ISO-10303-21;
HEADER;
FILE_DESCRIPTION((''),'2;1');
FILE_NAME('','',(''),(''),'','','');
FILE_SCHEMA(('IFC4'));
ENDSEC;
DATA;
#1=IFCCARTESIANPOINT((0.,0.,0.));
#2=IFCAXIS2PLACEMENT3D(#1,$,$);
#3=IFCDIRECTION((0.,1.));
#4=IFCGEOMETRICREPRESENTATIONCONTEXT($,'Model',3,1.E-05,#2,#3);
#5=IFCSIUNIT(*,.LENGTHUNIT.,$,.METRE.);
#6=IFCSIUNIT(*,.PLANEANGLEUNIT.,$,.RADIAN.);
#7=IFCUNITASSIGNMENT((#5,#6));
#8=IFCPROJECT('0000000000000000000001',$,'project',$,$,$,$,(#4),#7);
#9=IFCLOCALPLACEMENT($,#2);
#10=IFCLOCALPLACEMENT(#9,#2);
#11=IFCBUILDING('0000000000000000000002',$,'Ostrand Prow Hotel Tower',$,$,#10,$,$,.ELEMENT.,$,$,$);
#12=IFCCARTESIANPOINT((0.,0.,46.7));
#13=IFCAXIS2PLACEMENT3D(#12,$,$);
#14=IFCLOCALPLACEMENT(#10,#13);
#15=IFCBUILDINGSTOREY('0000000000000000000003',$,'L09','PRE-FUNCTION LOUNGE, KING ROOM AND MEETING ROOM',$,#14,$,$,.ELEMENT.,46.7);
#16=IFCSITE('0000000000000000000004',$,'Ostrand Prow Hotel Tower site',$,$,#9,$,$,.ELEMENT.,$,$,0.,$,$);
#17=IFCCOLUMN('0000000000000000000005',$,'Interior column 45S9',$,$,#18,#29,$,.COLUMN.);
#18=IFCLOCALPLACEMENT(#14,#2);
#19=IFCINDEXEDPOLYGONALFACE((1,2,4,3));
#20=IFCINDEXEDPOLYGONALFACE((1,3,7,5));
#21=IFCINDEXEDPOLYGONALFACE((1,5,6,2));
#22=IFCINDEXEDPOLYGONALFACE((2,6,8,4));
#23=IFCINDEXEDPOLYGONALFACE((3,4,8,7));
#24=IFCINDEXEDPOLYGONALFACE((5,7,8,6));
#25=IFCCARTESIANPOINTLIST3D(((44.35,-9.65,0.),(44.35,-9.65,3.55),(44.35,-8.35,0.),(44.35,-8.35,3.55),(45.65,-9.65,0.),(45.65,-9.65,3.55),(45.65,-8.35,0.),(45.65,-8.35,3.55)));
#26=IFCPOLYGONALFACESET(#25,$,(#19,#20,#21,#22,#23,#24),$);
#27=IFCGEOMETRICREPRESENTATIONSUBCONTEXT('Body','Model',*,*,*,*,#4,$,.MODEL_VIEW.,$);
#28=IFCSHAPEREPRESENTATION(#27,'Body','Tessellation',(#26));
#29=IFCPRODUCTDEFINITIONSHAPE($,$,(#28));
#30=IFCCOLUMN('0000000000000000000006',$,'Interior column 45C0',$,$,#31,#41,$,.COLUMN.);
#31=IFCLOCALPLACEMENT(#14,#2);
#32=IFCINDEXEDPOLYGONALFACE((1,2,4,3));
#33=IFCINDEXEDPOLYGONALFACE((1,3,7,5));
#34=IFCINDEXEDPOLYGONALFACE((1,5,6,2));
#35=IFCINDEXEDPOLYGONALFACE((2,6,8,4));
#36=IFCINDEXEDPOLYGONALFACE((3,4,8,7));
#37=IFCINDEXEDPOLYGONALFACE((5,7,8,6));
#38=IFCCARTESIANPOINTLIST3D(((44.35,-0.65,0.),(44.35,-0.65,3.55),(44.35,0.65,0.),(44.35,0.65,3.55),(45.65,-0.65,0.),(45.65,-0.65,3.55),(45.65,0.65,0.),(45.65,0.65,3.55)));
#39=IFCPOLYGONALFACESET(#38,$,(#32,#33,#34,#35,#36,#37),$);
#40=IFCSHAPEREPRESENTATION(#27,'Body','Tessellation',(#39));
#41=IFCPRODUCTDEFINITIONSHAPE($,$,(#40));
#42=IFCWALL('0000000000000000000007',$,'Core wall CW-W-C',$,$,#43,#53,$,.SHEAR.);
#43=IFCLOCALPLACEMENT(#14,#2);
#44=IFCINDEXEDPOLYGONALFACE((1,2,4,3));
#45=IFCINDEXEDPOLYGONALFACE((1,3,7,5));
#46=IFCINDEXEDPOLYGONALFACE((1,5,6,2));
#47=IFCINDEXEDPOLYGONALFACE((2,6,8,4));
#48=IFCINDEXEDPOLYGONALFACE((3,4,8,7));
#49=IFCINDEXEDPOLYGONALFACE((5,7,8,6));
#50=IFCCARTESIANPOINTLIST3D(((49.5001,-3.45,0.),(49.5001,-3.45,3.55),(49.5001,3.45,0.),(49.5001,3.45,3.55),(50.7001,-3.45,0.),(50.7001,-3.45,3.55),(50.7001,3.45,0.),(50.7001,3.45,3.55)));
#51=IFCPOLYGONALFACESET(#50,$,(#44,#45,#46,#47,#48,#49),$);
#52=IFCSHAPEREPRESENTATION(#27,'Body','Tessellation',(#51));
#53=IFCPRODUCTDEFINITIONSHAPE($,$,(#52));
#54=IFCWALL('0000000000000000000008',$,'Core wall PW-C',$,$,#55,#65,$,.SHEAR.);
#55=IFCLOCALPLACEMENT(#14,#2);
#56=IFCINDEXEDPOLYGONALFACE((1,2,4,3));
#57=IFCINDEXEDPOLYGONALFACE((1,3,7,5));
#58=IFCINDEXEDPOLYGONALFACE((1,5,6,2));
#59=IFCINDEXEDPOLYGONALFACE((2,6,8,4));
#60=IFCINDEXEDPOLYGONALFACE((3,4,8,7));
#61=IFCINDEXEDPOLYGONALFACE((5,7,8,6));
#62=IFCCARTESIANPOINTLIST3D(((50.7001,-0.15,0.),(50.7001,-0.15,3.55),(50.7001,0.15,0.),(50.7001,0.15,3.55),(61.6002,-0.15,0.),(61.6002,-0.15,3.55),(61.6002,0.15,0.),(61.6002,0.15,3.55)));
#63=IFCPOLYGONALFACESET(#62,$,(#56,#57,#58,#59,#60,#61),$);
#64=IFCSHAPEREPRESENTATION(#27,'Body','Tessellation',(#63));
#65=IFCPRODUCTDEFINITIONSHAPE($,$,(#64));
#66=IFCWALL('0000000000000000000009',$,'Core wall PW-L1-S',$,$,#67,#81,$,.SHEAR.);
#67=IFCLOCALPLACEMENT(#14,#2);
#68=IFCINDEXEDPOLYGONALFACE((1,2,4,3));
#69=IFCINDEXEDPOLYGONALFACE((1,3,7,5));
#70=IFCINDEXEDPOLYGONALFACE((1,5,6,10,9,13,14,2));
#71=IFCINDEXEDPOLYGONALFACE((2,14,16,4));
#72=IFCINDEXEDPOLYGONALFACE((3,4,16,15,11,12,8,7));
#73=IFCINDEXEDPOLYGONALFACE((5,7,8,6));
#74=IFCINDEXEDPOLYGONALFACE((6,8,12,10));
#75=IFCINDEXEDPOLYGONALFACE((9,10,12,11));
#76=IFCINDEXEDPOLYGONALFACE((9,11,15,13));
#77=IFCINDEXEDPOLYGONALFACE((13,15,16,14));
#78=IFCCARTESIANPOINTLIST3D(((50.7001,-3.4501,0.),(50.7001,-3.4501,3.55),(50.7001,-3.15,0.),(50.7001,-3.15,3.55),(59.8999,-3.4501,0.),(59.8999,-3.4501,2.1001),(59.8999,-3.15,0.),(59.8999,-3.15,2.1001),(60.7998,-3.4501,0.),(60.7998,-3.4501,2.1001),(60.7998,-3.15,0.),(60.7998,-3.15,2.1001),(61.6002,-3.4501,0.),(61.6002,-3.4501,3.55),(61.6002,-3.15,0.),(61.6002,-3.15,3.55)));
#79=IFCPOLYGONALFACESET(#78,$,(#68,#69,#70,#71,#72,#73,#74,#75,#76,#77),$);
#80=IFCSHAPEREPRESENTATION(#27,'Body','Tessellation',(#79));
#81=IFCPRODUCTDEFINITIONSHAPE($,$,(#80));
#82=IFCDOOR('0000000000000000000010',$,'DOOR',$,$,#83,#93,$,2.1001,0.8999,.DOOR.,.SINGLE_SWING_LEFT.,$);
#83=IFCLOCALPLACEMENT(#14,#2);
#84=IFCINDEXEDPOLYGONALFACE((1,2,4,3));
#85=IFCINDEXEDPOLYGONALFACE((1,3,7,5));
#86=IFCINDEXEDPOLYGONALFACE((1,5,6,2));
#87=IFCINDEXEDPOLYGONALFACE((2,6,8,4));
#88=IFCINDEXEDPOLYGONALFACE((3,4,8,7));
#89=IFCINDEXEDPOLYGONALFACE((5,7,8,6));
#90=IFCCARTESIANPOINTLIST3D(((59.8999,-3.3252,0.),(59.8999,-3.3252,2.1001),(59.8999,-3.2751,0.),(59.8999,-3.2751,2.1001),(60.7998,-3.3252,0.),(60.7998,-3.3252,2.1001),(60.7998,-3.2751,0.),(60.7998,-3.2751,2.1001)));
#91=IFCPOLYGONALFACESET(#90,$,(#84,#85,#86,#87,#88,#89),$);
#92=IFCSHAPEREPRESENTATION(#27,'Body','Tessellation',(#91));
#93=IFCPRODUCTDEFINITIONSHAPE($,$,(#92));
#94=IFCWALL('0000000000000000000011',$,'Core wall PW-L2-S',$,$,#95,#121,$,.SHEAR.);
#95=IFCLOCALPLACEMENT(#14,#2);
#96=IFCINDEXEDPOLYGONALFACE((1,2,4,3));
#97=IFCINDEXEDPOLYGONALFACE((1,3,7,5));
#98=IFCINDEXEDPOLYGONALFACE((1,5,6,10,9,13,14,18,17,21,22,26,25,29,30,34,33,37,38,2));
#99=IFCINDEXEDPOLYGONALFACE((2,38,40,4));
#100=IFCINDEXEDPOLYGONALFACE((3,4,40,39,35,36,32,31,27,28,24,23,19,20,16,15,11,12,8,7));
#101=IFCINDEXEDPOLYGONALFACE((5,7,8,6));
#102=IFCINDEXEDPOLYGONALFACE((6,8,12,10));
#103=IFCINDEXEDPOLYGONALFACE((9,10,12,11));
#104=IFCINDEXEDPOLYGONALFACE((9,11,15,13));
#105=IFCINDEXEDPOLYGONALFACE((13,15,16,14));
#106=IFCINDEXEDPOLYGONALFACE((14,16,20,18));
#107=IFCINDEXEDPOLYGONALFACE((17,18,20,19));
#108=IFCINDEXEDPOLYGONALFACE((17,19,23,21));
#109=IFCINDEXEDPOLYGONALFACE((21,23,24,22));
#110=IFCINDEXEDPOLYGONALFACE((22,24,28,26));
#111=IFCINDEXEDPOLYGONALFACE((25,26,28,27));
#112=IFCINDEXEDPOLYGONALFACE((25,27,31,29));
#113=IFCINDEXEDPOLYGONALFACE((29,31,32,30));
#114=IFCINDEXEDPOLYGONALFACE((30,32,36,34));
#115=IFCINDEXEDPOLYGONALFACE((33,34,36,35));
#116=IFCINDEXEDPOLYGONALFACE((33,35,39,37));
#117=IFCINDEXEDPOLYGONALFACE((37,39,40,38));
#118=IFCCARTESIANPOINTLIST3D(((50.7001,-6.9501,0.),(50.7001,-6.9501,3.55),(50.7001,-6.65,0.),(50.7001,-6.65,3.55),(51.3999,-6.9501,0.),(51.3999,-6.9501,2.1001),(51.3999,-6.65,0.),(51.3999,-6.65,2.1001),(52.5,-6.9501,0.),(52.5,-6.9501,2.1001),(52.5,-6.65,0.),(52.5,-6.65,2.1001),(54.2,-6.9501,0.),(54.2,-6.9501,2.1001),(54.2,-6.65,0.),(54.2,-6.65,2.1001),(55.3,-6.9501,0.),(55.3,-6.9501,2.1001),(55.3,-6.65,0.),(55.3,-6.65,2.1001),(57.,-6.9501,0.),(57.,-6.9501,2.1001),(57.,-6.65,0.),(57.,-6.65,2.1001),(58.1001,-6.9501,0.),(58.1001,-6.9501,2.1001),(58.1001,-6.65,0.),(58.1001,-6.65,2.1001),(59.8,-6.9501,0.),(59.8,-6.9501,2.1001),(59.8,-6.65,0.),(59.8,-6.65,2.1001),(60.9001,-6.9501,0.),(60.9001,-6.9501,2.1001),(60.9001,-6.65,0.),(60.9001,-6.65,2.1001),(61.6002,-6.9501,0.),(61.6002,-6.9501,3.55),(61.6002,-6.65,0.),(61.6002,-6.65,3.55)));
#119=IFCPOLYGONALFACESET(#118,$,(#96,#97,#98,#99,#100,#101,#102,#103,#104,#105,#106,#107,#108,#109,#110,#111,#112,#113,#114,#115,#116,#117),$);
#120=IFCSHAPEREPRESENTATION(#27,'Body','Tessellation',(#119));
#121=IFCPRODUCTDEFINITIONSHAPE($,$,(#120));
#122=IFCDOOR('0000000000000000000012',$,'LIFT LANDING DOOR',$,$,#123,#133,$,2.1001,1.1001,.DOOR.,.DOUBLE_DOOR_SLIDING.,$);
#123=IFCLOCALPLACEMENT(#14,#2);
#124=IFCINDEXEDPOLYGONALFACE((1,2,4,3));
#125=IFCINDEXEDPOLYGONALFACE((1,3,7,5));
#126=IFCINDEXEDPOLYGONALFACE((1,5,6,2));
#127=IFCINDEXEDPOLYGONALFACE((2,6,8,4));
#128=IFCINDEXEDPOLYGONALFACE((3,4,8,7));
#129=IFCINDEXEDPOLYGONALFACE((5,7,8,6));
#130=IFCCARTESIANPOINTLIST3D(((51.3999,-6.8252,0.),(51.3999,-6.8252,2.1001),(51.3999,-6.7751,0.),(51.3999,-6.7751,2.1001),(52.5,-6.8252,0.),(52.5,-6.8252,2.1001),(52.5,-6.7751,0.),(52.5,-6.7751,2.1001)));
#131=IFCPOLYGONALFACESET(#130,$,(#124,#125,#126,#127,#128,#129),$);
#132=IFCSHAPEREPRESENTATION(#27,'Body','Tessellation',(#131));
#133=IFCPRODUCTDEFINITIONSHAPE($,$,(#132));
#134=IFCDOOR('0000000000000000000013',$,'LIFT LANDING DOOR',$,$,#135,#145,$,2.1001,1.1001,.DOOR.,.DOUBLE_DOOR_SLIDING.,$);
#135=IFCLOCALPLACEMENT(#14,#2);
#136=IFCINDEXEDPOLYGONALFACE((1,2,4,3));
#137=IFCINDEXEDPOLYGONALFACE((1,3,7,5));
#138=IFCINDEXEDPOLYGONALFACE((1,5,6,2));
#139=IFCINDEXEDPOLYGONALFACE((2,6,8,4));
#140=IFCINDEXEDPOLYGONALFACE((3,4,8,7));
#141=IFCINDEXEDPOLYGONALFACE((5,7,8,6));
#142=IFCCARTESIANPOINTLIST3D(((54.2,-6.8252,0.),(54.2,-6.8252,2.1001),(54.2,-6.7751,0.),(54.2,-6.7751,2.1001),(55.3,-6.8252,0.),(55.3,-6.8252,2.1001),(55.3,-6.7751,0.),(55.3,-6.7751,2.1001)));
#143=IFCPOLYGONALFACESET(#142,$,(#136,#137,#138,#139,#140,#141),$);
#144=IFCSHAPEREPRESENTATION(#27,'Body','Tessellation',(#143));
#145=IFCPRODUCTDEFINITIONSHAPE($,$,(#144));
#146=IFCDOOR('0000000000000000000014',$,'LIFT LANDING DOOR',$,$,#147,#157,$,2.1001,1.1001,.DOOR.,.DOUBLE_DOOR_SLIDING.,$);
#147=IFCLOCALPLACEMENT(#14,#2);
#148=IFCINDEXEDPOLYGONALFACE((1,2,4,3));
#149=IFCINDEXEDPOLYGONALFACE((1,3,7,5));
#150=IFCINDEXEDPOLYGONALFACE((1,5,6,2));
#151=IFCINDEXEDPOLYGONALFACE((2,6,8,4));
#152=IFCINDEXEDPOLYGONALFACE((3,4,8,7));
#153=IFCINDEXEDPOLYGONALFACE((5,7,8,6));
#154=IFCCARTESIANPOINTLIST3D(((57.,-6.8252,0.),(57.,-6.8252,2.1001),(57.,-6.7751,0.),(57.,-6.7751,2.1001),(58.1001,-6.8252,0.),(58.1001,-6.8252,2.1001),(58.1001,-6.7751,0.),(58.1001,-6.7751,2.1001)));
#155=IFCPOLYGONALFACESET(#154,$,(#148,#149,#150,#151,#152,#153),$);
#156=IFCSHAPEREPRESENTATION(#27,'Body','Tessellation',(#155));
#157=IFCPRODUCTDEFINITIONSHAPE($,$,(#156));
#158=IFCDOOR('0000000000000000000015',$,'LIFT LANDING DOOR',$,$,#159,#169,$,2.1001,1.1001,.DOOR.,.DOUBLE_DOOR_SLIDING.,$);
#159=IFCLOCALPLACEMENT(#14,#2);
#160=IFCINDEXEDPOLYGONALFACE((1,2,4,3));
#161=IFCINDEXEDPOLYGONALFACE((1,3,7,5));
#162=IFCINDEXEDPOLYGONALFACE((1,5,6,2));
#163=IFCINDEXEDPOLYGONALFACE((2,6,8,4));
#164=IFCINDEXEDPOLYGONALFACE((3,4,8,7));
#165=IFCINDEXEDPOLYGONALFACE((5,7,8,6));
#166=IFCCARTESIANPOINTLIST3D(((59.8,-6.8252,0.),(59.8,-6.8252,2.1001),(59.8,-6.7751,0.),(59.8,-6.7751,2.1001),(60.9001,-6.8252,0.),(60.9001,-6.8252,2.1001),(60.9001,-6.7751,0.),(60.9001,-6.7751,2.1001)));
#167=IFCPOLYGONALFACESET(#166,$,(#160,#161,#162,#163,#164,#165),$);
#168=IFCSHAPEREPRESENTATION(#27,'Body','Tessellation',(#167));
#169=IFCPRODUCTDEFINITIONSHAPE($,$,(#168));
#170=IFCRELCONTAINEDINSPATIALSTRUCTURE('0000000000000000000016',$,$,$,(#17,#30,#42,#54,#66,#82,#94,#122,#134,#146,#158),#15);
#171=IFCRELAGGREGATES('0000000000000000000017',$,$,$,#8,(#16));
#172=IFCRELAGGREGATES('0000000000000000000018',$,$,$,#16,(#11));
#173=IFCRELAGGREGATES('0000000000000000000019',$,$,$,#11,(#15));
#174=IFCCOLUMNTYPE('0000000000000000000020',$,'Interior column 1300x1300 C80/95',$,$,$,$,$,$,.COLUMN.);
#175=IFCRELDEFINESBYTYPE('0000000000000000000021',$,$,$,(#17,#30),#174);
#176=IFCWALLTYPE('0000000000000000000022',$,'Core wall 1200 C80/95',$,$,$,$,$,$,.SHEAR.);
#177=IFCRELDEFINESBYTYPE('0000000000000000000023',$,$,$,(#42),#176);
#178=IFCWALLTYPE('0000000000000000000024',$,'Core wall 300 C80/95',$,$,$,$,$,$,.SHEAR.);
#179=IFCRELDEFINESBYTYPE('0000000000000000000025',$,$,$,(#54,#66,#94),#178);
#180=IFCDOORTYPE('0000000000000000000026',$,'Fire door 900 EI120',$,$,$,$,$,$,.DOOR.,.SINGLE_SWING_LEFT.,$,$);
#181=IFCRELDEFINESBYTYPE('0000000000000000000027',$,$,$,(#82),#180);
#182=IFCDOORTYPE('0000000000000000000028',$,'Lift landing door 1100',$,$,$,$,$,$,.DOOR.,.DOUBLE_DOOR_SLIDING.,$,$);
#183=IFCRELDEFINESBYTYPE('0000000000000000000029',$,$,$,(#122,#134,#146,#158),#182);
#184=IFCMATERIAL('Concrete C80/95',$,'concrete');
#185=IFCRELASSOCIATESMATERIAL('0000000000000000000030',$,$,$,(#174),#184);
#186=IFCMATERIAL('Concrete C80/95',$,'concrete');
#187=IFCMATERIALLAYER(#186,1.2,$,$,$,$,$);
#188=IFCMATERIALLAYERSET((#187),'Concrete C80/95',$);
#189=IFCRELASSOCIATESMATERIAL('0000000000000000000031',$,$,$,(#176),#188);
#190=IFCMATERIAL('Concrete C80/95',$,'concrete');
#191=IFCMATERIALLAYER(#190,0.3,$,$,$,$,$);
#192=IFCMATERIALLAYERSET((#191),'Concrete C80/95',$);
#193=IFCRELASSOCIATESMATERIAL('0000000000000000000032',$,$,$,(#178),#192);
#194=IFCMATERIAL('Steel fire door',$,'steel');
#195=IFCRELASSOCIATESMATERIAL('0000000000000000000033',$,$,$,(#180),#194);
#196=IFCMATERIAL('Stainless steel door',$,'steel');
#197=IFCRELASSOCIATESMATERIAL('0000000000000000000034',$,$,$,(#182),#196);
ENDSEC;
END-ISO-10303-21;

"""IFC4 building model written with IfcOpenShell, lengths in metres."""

from ifc_helpers import new_model, si_unit, direction, frame, frame_2d, origin, origin_2d, place, context, subcontext, project, spatial, rectangle, extrude, material, layer, layer_set, material_profile, profile_set, type_object, element, fill, save


model = new_model("IFC4")

# Units and contexts
model_context = context("Model", 3, precision=1e-05, world=origin(), true_north=direction((0.0, 1.0)))
body_context = subcontext(model_context, "Body", "Model", "MODEL_VIEW")
ifc_project = project(units=[si_unit("LENGTHUNIT", "METRE"), si_unit("PLANEANGLEUNIT", "RADIAN")], contexts=[model_context])

# Site, building, storey
site_placement = place(None, origin())
site = spatial("IfcSite", under=ifc_project, at=site_placement, Name="Ostrand Prow Hotel Tower site", CompositionType="ELEMENT", RefElevation=0.0)
building_placement = place(site_placement, origin())
building = spatial("IfcBuilding", under=site, at=building_placement, Name="Ostrand Prow Hotel Tower", CompositionType="ELEMENT")
storey_placement = place(building_placement, frame((0.0, 0.0, 46.7)))
storey = spatial("IfcBuildingStorey", under=building, at=storey_placement, Name="L09", Description="PRE-FUNCTION LOUNGE, KING ROOM AND MEETING ROOM", CompositionType="ELEMENT", Elevation=46.7)

# Columns
ifc_material_1 = material(Name="Concrete C80/95", Category="concrete")
ifc_material_profile = material_profile(ifc_material_1, rectangle(XDim=1.3, YDim=1.3, at=origin_2d()), Name="RC 1300x1300")
ifc_profile_set = profile_set([ifc_material_profile], Name="Concrete C80/95")
column_type = type_object("IfcColumnType", Name="Interior column 1300x1300 C80/95", PredefinedType="COLUMN", material=ifc_profile_set)
for number, where, z_axis, x_axis, name in (
    (1, (45.0, -9.0, 0.0), (0.0, 0.0, 1.0), (1.0, 0.0, 0.0), "Interior column 45S9"),
    (2, (45.0, 0.0, 0.0), (0.0, 0.0, 1.0), (1.0, 0.0, 0.0), "Interior column 45C0"),
):
    element("IfcColumn", number, at=place(storey_placement, frame(where, z_axis=z_axis, x_axis=x_axis)), inside=storey, type_object=column_type, Name=name, PredefinedType="COLUMN", context=body_context, shape_type="SweptSolid", body=[
        extrude(rectangle(XDim=1.3, YDim=1.3, at=origin_2d()), origin(), (0.0, 0.0, 1.0), 3.55),
    ])

# Walls
ifc_material_2 = material(Name="Concrete C80/95", Category="concrete")
ifc_layer_1 = layer(ifc_material_2, 1.2)
ifc_layer_set_1 = layer_set([ifc_layer_1], Name="Concrete C80/95")
wall_type_1 = type_object("IfcWallType", Name="Core wall 1200 C80/95", PredefinedType="SHEAR", material=ifc_layer_set_1)
wall_1_placement = place(storey_placement, frame((50.1001, -3.45, 0.0), z_axis=(0.0, 0.0, 1.0), x_axis=(0.0, 1.0, 0.0)))
element("IfcWall", 3, at=wall_1_placement, inside=storey, type_object=wall_type_1, Name="Core wall CW-W-C", PredefinedType="SHEAR", context=body_context, shape_type="SweptSolid", body=[
    extrude(rectangle(XDim=6.8999, YDim=1.2, at=frame_2d((3.45, 0.0))), origin(), (0.0, 0.0, 1.0), 3.55),
])
ifc_material_3 = material(Name="Concrete C80/95", Category="concrete")
ifc_layer_2 = layer(ifc_material_3, 0.3)
ifc_layer_set_2 = layer_set([ifc_layer_2], Name="Concrete C80/95")
wall_type_2 = type_object("IfcWallType", Name="Core wall 300 C80/95", PredefinedType="SHEAR", material=ifc_layer_set_2)
wall_2_placement = place(storey_placement, frame((50.7, 0.0, 0.0), z_axis=(0.0, 0.0, 1.0), x_axis=(1.0, 0.0, 0.0)))
element("IfcWall", 4, at=wall_2_placement, inside=storey, type_object=wall_type_2, Name="Core wall PW-C", PredefinedType="SHEAR", context=body_context, shape_type="SweptSolid", body=[
    extrude(rectangle(XDim=10.9001, YDim=0.3, at=frame_2d((5.4502, 0.0))), origin(), (0.0, 0.0, 1.0), 3.55),
])

# Wall, opening, door
wall_3_placement = place(storey_placement, frame((50.7, -3.3, 0.0), z_axis=(0.0, 0.0, 1.0), x_axis=(1.0, 0.0, 0.0)))
wall_3 = element("IfcWall", 5, at=wall_3_placement, inside=storey, type_object=wall_type_2, Name="Core wall PW-L1-S", PredefinedType="SHEAR", context=body_context, shape_type="SweptSolid", body=[
    extrude(rectangle(XDim=10.9001, YDim=0.3, at=frame_2d((5.4502, 0.0))), origin(), (0.0, 0.0, 1.0), 3.55),
])
opening_1_placement = place(wall_3_placement, frame((9.2, 0.0, 0.0)))
opening_1 = element("IfcOpeningElement", 6, at=opening_1_placement, cuts=wall_3, PredefinedType="OPENING", context=body_context, shape_type="SweptSolid", body=[
    extrude(rectangle(XDim=0.8999, YDim=2.1001, at=frame_2d((0.45, 1.05))), frame((0.0, 0.1599, 0.0), z_axis=(0.0, -1.0, 0.0), x_axis=(1.0, 0.0, 0.0)), (0.0, 0.0, 1.0), 0.3201),
])
ifc_material_4 = material(Name="Steel fire door", Category="steel")
door_type_1 = type_object("IfcDoorType", Name="Fire door 900 EI120", OperationType="SINGLE_SWING_LEFT", PredefinedType="DOOR", material=ifc_material_4)
door_1_placement = place(opening_1_placement, origin())
door_1 = element("IfcDoor", 7, at=door_1_placement, inside=storey, type_object=door_type_1, Name="DOOR", OperationType="SINGLE_SWING_LEFT", OverallHeight=2.1001, OverallWidth=0.8999, PredefinedType="DOOR", context=body_context, shape_type="SweptSolid", body=[
    extrude(rectangle(XDim=0.8999, YDim=2.1001, at=frame_2d((0.45, 1.05))), frame((0.0, 0.0249, 0.0), z_axis=(0.0, -1.0, 0.0), x_axis=(1.0, 0.0, 0.0)), (0.0, 0.0, 1.0), 0.05),
])
fill(opening_1, door_1)

# Wall, openings, doors
wall_4_placement = place(storey_placement, frame((50.7, -6.8, 0.0), z_axis=(0.0, 0.0, 1.0), x_axis=(1.0, 0.0, 0.0)))
wall_4 = element("IfcWall", 8, at=wall_4_placement, inside=storey, type_object=wall_type_2, Name="Core wall PW-L2-S", PredefinedType="SHEAR", context=body_context, shape_type="SweptSolid", body=[
    extrude(rectangle(XDim=10.9001, YDim=0.3, at=frame_2d((5.4502, 0.0))), origin(), (0.0, 0.0, 1.0), 3.55),
])
opening_2_placement = place(wall_4_placement, frame((0.7, 0.0, 0.0)))
opening_2 = element("IfcOpeningElement", 9, at=opening_2_placement, cuts=wall_4, PredefinedType="OPENING", context=body_context, shape_type="SweptSolid", body=[
    extrude(rectangle(XDim=1.1001, YDim=2.1001, at=frame_2d((0.55, 1.05))), frame((0.0, 0.1599, 0.0), z_axis=(0.0, -1.0, 0.0), x_axis=(1.0, 0.0, 0.0)), (0.0, 0.0, 1.0), 0.3201),
])
opening_3_placement = place(wall_4_placement, frame((3.5, 0.0, 0.0)))
opening_3 = element("IfcOpeningElement", 10, at=opening_3_placement, cuts=wall_4, PredefinedType="OPENING", context=body_context, shape_type="SweptSolid", body=[
    extrude(rectangle(XDim=1.1001, YDim=2.1001, at=frame_2d((0.55, 1.05))), frame((0.0, 0.1599, 0.0), z_axis=(0.0, -1.0, 0.0), x_axis=(1.0, 0.0, 0.0)), (0.0, 0.0, 1.0), 0.3201),
])
opening_4_placement = place(wall_4_placement, frame((6.3, 0.0, 0.0)))
opening_4 = element("IfcOpeningElement", 11, at=opening_4_placement, cuts=wall_4, PredefinedType="OPENING", context=body_context, shape_type="SweptSolid", body=[
    extrude(rectangle(XDim=1.1001, YDim=2.1001, at=frame_2d((0.55, 1.05))), frame((0.0, 0.1599, 0.0), z_axis=(0.0, -1.0, 0.0), x_axis=(1.0, 0.0, 0.0)), (0.0, 0.0, 1.0), 0.3201),
])
opening_5_placement = place(wall_4_placement, frame((9.1001, 0.0, 0.0)))
opening_5 = element("IfcOpeningElement", 12, at=opening_5_placement, cuts=wall_4, PredefinedType="OPENING", context=body_context, shape_type="SweptSolid", body=[
    extrude(rectangle(XDim=1.1001, YDim=2.1001, at=frame_2d((0.55, 1.05))), frame((0.0, 0.1599, 0.0), z_axis=(0.0, -1.0, 0.0), x_axis=(1.0, 0.0, 0.0)), (0.0, 0.0, 1.0), 0.3201),
])
ifc_material_5 = material(Name="Stainless steel door", Category="steel")
door_type_2 = type_object("IfcDoorType", Name="Lift landing door 1100", OperationType="DOUBLE_DOOR_SLIDING", PredefinedType="DOOR", material=ifc_material_5)
door_2_placement = place(opening_2_placement, origin())
door_2 = element("IfcDoor", 13, at=door_2_placement, inside=storey, type_object=door_type_2, Name="LIFT LANDING DOOR", OperationType="DOUBLE_DOOR_SLIDING", OverallHeight=2.1001, OverallWidth=1.1001, PredefinedType="DOOR", context=body_context, shape_type="SweptSolid", body=[
    extrude(rectangle(XDim=1.1001, YDim=2.1001, at=frame_2d((0.55, 1.05))), frame((0.0, 0.0249, 0.0), z_axis=(0.0, -1.0, 0.0), x_axis=(1.0, 0.0, 0.0)), (0.0, 0.0, 1.0), 0.05),
])
fill(opening_2, door_2)
door_3_placement = place(opening_3_placement, origin())
door_3 = element("IfcDoor", 14, at=door_3_placement, inside=storey, type_object=door_type_2, Name="LIFT LANDING DOOR", OperationType="DOUBLE_DOOR_SLIDING", OverallHeight=2.1001, OverallWidth=1.1001, PredefinedType="DOOR", context=body_context, shape_type="SweptSolid", body=[
    extrude(rectangle(XDim=1.1001, YDim=2.1001, at=frame_2d((0.55, 1.05))), frame((0.0, 0.0249, 0.0), z_axis=(0.0, -1.0, 0.0), x_axis=(1.0, 0.0, 0.0)), (0.0, 0.0, 1.0), 0.05),
])
fill(opening_3, door_3)
door_4_placement = place(opening_4_placement, origin())
door_4 = element("IfcDoor", 15, at=door_4_placement, inside=storey, type_object=door_type_2, Name="LIFT LANDING DOOR", OperationType="DOUBLE_DOOR_SLIDING", OverallHeight=2.1001, OverallWidth=1.1001, PredefinedType="DOOR", context=body_context, shape_type="SweptSolid", body=[
    extrude(rectangle(XDim=1.1001, YDim=2.1001, at=frame_2d((0.55, 1.05))), frame((0.0, 0.0249, 0.0), z_axis=(0.0, -1.0, 0.0), x_axis=(1.0, 0.0, 0.0)), (0.0, 0.0, 1.0), 0.05),
])
fill(opening_4, door_4)
door_5_placement = place(opening_5_placement, origin())
door_5 = element("IfcDoor", 16, at=door_5_placement, inside=storey, type_object=door_type_2, Name="LIFT LANDING DOOR", OperationType="DOUBLE_DOOR_SLIDING", OverallHeight=2.1001, OverallWidth=1.1001, PredefinedType="DOOR", context=body_context, shape_type="SweptSolid", body=[
    extrude(rectangle(XDim=1.1001, YDim=2.1001, at=frame_2d((0.55, 1.05))), frame((0.0, 0.0249, 0.0), z_axis=(0.0, -1.0, 0.0), x_axis=(1.0, 0.0, 0.0)), (0.0, 0.0, 1.0), 0.05),
])
fill(opening_5, door_5)

save(model, "model.ifc")
